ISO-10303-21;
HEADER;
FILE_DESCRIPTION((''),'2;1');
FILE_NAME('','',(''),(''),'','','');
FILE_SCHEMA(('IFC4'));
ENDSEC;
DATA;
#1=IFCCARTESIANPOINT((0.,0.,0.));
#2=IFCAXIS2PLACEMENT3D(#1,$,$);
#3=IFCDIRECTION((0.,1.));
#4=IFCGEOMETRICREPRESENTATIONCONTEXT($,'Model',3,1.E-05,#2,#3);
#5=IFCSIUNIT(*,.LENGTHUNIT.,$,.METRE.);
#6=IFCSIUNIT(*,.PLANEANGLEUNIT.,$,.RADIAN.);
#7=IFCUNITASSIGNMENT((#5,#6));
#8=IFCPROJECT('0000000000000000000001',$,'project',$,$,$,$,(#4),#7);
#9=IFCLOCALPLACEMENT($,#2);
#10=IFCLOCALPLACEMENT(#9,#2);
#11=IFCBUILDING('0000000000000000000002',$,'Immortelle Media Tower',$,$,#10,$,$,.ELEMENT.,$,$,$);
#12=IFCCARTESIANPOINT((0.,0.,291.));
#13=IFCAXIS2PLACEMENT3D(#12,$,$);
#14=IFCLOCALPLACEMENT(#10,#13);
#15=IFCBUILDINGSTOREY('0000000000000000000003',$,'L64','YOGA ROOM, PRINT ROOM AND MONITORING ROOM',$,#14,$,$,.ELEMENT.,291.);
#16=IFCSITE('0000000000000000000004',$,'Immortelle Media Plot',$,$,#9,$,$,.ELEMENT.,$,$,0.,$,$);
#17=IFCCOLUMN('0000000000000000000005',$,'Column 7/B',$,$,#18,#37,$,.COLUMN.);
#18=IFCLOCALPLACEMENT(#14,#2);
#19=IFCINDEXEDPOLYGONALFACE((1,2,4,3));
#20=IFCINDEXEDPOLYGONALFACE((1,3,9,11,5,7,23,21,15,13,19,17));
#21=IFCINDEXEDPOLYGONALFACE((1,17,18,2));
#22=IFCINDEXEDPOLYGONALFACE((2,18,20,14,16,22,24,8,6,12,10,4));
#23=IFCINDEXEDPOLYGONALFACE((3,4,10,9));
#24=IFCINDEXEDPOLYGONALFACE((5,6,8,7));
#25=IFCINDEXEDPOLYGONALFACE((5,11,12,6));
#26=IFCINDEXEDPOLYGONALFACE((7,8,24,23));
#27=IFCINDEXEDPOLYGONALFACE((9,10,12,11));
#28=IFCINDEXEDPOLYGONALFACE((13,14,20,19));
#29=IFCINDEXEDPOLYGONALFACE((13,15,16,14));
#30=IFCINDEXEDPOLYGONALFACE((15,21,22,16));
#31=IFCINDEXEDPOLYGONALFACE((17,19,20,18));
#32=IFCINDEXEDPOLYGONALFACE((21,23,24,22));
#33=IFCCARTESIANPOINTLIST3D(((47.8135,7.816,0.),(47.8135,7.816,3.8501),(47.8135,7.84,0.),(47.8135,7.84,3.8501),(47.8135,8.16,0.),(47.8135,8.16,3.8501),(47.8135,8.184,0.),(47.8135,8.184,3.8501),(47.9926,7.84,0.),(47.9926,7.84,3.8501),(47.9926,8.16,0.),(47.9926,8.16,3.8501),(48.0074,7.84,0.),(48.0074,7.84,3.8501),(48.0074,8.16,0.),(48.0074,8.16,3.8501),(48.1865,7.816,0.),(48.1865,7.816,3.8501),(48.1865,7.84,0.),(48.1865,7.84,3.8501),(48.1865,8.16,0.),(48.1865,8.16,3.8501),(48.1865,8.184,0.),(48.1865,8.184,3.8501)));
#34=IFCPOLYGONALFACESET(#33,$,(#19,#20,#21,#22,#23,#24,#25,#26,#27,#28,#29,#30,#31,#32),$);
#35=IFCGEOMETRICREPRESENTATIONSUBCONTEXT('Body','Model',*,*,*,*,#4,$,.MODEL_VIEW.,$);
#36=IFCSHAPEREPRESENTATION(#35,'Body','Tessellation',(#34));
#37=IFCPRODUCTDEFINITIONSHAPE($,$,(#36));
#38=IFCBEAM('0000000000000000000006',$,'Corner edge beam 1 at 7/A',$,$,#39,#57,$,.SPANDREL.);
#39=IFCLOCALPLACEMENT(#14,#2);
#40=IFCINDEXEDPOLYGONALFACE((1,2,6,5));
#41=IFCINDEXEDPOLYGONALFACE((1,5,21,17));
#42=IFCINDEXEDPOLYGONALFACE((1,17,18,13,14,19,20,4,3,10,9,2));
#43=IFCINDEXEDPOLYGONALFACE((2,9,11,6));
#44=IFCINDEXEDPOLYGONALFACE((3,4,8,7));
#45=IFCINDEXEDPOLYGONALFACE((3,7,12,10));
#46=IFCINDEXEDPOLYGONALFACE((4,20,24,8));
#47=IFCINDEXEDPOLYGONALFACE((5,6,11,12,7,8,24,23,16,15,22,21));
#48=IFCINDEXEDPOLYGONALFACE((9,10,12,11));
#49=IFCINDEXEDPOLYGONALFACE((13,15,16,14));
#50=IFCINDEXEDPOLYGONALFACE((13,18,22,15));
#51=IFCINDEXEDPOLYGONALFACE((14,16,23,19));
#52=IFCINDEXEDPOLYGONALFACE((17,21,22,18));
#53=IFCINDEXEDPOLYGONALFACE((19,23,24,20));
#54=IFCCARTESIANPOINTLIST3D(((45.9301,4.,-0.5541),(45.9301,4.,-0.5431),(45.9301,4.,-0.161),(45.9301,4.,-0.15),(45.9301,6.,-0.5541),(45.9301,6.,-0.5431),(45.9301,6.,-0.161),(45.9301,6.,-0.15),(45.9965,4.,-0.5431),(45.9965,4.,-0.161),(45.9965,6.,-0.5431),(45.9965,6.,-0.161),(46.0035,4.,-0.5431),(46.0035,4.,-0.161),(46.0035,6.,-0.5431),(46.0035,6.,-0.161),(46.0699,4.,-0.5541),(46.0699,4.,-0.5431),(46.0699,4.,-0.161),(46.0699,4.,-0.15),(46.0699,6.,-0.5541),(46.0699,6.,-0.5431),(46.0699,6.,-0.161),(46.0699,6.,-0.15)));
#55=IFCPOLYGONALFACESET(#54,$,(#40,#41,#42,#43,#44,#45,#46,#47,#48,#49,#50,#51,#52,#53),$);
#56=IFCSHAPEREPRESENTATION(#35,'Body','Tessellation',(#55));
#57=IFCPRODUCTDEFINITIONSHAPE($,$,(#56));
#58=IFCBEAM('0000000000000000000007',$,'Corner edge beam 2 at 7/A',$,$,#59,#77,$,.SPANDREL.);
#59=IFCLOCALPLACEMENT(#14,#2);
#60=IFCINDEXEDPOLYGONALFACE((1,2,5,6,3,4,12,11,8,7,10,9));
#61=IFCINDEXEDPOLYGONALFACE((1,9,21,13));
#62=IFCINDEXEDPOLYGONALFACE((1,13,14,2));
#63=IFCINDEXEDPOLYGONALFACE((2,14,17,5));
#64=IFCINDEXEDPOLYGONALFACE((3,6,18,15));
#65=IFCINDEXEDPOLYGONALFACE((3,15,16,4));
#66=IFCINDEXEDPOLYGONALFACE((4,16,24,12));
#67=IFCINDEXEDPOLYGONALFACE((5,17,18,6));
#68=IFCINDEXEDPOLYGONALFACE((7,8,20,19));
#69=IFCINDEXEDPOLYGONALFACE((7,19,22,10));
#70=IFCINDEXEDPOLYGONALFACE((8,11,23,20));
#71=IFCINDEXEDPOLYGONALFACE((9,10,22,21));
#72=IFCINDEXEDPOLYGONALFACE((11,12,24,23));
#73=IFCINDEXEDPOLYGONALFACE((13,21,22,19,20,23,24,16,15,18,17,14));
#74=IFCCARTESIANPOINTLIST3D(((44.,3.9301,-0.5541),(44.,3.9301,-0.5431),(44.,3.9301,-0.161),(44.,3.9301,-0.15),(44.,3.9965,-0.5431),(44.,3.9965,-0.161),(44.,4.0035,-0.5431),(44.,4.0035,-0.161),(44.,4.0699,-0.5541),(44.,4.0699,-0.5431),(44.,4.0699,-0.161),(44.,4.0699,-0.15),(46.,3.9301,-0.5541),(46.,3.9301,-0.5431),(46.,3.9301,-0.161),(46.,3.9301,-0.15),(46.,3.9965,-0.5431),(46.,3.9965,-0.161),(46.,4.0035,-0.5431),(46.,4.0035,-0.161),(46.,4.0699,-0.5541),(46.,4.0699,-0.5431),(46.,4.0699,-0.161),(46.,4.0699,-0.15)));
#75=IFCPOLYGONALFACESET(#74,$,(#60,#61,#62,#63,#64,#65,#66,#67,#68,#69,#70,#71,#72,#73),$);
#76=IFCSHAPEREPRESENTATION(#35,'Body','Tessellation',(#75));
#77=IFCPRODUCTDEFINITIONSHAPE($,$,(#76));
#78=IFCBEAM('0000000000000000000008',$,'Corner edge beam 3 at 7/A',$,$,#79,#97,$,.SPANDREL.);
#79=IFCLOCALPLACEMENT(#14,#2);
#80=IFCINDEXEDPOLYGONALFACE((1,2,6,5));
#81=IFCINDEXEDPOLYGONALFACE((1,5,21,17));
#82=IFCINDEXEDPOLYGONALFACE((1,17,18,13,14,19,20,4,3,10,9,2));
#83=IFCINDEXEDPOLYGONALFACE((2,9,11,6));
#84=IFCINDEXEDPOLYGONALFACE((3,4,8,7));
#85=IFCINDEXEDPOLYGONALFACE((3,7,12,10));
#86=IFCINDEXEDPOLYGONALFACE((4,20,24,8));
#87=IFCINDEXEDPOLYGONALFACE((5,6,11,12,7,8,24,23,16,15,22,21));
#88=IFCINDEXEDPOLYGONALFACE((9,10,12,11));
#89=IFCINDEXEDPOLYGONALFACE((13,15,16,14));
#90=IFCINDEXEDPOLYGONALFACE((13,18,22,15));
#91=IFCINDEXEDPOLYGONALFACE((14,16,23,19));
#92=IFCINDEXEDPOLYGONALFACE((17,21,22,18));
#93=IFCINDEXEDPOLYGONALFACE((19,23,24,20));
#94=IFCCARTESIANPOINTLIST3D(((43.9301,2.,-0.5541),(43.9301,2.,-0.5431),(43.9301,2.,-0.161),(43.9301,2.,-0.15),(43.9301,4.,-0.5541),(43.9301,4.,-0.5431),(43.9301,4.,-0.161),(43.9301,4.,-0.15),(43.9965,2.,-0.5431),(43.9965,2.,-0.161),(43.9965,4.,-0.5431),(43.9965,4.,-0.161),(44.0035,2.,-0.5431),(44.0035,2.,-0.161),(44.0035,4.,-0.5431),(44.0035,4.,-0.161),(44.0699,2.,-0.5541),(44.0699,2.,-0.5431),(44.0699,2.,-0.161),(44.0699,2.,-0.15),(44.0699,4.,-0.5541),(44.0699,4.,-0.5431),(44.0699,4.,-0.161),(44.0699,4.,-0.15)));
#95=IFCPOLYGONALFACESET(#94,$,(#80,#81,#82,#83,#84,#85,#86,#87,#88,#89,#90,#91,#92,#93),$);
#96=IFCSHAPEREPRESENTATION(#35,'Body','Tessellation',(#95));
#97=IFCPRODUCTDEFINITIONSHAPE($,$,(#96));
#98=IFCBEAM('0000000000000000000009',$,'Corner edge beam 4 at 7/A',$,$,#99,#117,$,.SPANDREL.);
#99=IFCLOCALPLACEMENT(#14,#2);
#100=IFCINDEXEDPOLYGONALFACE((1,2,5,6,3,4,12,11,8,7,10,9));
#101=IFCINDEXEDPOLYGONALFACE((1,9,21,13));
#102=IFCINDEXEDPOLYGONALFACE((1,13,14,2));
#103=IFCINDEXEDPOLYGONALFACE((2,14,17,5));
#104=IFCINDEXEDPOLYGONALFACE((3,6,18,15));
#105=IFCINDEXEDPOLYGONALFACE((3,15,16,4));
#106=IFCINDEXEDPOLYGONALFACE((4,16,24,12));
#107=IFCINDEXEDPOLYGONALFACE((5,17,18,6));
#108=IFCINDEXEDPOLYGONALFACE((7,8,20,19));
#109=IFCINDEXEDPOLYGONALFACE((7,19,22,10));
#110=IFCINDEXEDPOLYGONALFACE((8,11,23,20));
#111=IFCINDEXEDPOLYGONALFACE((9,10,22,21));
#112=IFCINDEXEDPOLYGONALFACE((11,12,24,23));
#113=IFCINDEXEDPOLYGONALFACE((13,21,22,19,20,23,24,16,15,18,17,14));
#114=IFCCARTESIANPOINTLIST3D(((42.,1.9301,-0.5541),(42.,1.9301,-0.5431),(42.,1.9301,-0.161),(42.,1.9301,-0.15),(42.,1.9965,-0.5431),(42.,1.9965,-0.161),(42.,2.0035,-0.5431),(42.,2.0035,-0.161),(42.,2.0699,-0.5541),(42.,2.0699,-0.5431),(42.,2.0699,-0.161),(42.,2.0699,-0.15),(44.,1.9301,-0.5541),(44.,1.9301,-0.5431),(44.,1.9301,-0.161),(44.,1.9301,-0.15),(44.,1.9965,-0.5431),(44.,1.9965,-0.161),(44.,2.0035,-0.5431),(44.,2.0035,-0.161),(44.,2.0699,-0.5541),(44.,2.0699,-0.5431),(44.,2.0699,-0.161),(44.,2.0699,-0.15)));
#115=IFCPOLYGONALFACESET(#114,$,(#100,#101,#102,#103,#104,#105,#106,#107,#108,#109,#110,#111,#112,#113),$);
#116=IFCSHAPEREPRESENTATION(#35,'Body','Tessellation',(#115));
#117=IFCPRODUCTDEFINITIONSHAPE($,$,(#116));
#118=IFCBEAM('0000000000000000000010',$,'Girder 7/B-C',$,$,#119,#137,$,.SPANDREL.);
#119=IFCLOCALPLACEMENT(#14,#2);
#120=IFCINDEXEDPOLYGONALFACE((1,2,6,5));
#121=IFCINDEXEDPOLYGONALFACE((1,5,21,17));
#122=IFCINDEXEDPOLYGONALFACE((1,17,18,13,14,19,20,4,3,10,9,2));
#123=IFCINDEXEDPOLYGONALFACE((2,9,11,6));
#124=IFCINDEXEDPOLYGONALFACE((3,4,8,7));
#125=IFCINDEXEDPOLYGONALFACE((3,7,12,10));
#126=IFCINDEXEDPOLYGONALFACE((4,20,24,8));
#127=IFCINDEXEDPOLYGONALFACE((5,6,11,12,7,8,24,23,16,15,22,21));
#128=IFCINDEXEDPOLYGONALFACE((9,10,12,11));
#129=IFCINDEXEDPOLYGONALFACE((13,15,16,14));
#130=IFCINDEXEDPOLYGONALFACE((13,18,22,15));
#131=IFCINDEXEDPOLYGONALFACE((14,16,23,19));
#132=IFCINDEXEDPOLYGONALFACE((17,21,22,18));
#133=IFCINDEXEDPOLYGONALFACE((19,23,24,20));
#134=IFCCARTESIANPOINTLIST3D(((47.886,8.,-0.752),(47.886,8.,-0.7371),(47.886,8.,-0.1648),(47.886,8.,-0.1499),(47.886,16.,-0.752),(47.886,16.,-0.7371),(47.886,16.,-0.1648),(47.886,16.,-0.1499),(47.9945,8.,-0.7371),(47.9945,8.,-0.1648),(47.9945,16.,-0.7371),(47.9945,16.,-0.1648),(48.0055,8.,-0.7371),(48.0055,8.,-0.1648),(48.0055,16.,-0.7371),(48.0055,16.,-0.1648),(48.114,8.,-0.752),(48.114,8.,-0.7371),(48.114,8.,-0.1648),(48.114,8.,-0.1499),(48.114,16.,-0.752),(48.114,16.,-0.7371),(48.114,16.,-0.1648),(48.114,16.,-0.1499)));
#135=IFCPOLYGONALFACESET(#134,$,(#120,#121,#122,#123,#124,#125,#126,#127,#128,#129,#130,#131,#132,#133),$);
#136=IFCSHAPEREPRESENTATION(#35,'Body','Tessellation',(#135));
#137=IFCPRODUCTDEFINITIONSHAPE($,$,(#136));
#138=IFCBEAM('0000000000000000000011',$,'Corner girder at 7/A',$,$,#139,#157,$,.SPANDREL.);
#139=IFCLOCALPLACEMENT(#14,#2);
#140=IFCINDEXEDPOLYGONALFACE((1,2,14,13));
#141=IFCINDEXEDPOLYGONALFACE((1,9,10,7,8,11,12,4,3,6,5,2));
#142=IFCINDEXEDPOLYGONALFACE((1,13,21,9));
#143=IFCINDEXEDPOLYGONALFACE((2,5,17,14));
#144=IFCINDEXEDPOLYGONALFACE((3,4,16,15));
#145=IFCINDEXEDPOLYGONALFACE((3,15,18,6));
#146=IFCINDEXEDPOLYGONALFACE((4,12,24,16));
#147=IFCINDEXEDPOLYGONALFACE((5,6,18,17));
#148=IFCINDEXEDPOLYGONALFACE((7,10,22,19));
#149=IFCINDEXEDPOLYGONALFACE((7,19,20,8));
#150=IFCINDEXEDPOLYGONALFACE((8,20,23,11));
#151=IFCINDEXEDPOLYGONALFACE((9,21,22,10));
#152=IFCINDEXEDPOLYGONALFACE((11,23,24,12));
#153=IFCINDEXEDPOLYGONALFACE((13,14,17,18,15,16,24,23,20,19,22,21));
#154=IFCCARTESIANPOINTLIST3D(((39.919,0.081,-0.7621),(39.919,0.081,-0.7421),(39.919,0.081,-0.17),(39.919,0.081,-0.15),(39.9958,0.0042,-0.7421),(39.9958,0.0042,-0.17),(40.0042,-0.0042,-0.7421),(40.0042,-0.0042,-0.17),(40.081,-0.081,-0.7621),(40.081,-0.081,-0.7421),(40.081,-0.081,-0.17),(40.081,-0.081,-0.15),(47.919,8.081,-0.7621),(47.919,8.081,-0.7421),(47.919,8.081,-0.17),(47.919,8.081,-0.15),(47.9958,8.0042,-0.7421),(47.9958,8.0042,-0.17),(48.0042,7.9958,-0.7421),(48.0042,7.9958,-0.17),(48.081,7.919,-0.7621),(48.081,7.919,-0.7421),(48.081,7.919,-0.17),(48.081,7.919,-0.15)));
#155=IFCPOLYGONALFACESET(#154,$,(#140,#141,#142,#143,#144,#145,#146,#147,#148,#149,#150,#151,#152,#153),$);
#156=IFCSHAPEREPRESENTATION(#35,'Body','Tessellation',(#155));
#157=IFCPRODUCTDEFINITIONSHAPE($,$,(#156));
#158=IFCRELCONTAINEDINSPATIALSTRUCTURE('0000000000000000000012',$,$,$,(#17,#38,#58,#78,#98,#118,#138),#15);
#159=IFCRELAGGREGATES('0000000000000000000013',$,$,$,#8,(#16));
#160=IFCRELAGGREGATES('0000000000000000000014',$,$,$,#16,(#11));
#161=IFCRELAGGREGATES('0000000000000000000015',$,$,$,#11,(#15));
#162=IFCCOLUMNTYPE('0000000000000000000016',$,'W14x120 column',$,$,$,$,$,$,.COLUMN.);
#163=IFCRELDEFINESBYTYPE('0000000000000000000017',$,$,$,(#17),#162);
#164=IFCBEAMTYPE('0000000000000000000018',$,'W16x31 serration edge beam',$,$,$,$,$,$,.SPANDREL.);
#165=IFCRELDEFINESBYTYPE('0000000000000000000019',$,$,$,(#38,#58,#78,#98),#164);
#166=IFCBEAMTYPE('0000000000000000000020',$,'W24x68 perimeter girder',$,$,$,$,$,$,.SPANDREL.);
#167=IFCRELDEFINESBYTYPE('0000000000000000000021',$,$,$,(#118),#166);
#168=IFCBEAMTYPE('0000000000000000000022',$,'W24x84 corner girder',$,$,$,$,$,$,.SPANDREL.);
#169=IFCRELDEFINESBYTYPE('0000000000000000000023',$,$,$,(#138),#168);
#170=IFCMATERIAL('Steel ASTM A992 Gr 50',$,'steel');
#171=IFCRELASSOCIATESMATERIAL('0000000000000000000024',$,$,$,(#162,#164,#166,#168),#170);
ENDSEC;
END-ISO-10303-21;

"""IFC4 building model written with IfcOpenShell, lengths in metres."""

from ifc_helpers import new_model, si_unit, direction, frame, origin, origin_2d, place, context, subcontext, project, spatial, i_section, extrude, material, material_profile, profile_set, type_object, element, save


model = new_model("IFC4")

# Units and contexts
model_context = context("Model", 3, precision=1e-05, world=origin(), true_north=direction((0.0, 1.0)))
body_context = subcontext(model_context, "Body", "Model", "MODEL_VIEW")
ifc_project = project(units=[si_unit("LENGTHUNIT", "METRE"), si_unit("PLANEANGLEUNIT", "RADIAN")], contexts=[model_context])

# Site, building, storey
site_placement = place(None, origin())
site = spatial("IfcSite", under=ifc_project, at=site_placement, Name="Immortelle Media Plot", CompositionType="ELEMENT", RefElevation=0.0)
building_placement = place(site_placement, origin())
building = spatial("IfcBuilding", under=site, at=building_placement, Name="Immortelle Media Tower", CompositionType="ELEMENT")
storey_placement = place(building_placement, frame((0.0, 0.0, 291.0)))
storey = spatial("IfcBuildingStorey", under=building, at=storey_placement, Name="L64", Description="YOGA ROOM, PRINT ROOM AND MONITORING ROOM", CompositionType="ELEMENT", Elevation=291.0)

# Column
ifc_material_1 = material(Name="Steel ASTM A992 Gr 50", Category="steel")
ifc_material_profile_1 = material_profile(ifc_material_1, i_section(OverallWidth=0.373, OverallDepth=0.3679, WebThickness=0.0149, FlangeThickness=0.0239, at=origin_2d()), Name="W14x120")
ifc_profile_set_1 = profile_set([ifc_material_profile_1], Name="Steel ASTM A992 Gr 50")
column_type = type_object("IfcColumnType", Name="W14x120 column", PredefinedType="COLUMN", material=ifc_profile_set_1)
column_placement = place(storey_placement, frame((48.0, 8.0, 0.0), z_axis=(0.0, 0.0, 1.0), x_axis=(1.0, 0.0, 0.0)))
element("IfcColumn", 1, at=column_placement, inside=storey, type_object=column_type, Name="Column 7/B", PredefinedType="COLUMN", context=body_context, shape_type="SweptSolid", body=[
    extrude(i_section(OverallWidth=0.373, OverallDepth=0.3679, WebThickness=0.0149, FlangeThickness=0.0239, at=origin_2d()), origin(), (0.0, 0.0, 1.0), 3.8501),
])

# Beams
ifc_material_profile_2 = material_profile(ifc_material_1, i_section(OverallWidth=0.1399, OverallDepth=0.4041, WebThickness=0.0071, FlangeThickness=0.011, at=origin_2d()), Name="W16x31")
ifc_profile_set_2 = profile_set([ifc_material_profile_2], Name="Steel ASTM A992 Gr 50")
beam_type_1 = type_object("IfcBeamType", Name="W16x31 serration edge beam", PredefinedType="SPANDREL", material=ifc_profile_set_2)
for number, where, z_axis, x_axis, name in (
    (2, (46.0, 6.0, -0.3521), (0.0, -1.0, 0.0), (1.0, 0.0, 0.0), "Corner edge beam 1 at 7/A"),
    (3, (46.0, 4.0, -0.3521), (-1.0, 0.0, 0.0), (0.0, -1.0, 0.0), "Corner edge beam 2 at 7/A"),
    (4, (44.0, 4.0, -0.3521), (0.0, -1.0, 0.0), (1.0, 0.0, 0.0), "Corner edge beam 3 at 7/A"),
    (5, (44.0, 2.0, -0.3521), (-1.0, 0.0, 0.0), (0.0, -1.0, 0.0), "Corner edge beam 4 at 7/A"),
):
    element("IfcBeam", number, at=place(storey_placement, frame(where, z_axis=z_axis, x_axis=x_axis)), inside=storey, type_object=beam_type_1, Name=name, PredefinedType="SPANDREL", context=body_context, shape_type="SweptSolid", body=[
        extrude(i_section(OverallWidth=0.1399, OverallDepth=0.4041, WebThickness=0.0071, FlangeThickness=0.011, at=origin_2d()), origin(), (0.0, 0.0, 1.0), 2.0),
    ])
ifc_material_profile_3 = material_profile(ifc_material_1, i_section(OverallWidth=0.228, OverallDepth=0.6021, WebThickness=0.011, FlangeThickness=0.0149, at=origin_2d()), Name="W24x68")
ifc_profile_set_3 = profile_set([ifc_material_profile_3], Name="Steel ASTM A992 Gr 50")
beam_type_2 = type_object("IfcBeamType", Name="W24x68 perimeter girder", PredefinedType="SPANDREL", material=ifc_profile_set_3)
beam_1_placement = place(storey_placement, frame((48.0, 8.0, -0.4509), z_axis=(0.0, 1.0, 0.0), x_axis=(-1.0, 0.0, 0.0)))
element("IfcBeam", 6, at=beam_1_placement, inside=storey, type_object=beam_type_2, Name="Girder 7/B-C", PredefinedType="SPANDREL", context=body_context, shape_type="SweptSolid", body=[
    extrude(i_section(OverallWidth=0.228, OverallDepth=0.6021, WebThickness=0.011, FlangeThickness=0.0149, at=origin_2d()), origin(), (0.0, 0.0, 1.0), 8.0),
])
ifc_material_profile_4 = material_profile(ifc_material_1, i_section(OverallWidth=0.229, OverallDepth=0.6121, WebThickness=0.012, FlangeThickness=0.02, at=origin_2d()), Name="W24x84")
ifc_profile_set_4 = profile_set([ifc_material_profile_4], Name="Steel ASTM A992 Gr 50")
beam_type_3 = type_object("IfcBeamType", Name="W24x84 corner girder", PredefinedType="SPANDREL", material=ifc_profile_set_4)
beam_2_placement = place(storey_placement, frame((48.0, 8.0, -0.4561), z_axis=(-0.707107, -0.707107, 0.0), x_axis=(0.707107, -0.707107, 0.0)))
element("IfcBeam", 7, at=beam_2_placement, inside=storey, type_object=beam_type_3, Name="Corner girder at 7/A", PredefinedType="SPANDREL", context=body_context, shape_type="SweptSolid", body=[
    extrude(i_section(OverallWidth=0.229, OverallDepth=0.6121, WebThickness=0.012, FlangeThickness=0.02, at=origin_2d()), origin(), (0.0, 0.0, 1.0), 11.3137),
])

save(model, "model.ifc")
